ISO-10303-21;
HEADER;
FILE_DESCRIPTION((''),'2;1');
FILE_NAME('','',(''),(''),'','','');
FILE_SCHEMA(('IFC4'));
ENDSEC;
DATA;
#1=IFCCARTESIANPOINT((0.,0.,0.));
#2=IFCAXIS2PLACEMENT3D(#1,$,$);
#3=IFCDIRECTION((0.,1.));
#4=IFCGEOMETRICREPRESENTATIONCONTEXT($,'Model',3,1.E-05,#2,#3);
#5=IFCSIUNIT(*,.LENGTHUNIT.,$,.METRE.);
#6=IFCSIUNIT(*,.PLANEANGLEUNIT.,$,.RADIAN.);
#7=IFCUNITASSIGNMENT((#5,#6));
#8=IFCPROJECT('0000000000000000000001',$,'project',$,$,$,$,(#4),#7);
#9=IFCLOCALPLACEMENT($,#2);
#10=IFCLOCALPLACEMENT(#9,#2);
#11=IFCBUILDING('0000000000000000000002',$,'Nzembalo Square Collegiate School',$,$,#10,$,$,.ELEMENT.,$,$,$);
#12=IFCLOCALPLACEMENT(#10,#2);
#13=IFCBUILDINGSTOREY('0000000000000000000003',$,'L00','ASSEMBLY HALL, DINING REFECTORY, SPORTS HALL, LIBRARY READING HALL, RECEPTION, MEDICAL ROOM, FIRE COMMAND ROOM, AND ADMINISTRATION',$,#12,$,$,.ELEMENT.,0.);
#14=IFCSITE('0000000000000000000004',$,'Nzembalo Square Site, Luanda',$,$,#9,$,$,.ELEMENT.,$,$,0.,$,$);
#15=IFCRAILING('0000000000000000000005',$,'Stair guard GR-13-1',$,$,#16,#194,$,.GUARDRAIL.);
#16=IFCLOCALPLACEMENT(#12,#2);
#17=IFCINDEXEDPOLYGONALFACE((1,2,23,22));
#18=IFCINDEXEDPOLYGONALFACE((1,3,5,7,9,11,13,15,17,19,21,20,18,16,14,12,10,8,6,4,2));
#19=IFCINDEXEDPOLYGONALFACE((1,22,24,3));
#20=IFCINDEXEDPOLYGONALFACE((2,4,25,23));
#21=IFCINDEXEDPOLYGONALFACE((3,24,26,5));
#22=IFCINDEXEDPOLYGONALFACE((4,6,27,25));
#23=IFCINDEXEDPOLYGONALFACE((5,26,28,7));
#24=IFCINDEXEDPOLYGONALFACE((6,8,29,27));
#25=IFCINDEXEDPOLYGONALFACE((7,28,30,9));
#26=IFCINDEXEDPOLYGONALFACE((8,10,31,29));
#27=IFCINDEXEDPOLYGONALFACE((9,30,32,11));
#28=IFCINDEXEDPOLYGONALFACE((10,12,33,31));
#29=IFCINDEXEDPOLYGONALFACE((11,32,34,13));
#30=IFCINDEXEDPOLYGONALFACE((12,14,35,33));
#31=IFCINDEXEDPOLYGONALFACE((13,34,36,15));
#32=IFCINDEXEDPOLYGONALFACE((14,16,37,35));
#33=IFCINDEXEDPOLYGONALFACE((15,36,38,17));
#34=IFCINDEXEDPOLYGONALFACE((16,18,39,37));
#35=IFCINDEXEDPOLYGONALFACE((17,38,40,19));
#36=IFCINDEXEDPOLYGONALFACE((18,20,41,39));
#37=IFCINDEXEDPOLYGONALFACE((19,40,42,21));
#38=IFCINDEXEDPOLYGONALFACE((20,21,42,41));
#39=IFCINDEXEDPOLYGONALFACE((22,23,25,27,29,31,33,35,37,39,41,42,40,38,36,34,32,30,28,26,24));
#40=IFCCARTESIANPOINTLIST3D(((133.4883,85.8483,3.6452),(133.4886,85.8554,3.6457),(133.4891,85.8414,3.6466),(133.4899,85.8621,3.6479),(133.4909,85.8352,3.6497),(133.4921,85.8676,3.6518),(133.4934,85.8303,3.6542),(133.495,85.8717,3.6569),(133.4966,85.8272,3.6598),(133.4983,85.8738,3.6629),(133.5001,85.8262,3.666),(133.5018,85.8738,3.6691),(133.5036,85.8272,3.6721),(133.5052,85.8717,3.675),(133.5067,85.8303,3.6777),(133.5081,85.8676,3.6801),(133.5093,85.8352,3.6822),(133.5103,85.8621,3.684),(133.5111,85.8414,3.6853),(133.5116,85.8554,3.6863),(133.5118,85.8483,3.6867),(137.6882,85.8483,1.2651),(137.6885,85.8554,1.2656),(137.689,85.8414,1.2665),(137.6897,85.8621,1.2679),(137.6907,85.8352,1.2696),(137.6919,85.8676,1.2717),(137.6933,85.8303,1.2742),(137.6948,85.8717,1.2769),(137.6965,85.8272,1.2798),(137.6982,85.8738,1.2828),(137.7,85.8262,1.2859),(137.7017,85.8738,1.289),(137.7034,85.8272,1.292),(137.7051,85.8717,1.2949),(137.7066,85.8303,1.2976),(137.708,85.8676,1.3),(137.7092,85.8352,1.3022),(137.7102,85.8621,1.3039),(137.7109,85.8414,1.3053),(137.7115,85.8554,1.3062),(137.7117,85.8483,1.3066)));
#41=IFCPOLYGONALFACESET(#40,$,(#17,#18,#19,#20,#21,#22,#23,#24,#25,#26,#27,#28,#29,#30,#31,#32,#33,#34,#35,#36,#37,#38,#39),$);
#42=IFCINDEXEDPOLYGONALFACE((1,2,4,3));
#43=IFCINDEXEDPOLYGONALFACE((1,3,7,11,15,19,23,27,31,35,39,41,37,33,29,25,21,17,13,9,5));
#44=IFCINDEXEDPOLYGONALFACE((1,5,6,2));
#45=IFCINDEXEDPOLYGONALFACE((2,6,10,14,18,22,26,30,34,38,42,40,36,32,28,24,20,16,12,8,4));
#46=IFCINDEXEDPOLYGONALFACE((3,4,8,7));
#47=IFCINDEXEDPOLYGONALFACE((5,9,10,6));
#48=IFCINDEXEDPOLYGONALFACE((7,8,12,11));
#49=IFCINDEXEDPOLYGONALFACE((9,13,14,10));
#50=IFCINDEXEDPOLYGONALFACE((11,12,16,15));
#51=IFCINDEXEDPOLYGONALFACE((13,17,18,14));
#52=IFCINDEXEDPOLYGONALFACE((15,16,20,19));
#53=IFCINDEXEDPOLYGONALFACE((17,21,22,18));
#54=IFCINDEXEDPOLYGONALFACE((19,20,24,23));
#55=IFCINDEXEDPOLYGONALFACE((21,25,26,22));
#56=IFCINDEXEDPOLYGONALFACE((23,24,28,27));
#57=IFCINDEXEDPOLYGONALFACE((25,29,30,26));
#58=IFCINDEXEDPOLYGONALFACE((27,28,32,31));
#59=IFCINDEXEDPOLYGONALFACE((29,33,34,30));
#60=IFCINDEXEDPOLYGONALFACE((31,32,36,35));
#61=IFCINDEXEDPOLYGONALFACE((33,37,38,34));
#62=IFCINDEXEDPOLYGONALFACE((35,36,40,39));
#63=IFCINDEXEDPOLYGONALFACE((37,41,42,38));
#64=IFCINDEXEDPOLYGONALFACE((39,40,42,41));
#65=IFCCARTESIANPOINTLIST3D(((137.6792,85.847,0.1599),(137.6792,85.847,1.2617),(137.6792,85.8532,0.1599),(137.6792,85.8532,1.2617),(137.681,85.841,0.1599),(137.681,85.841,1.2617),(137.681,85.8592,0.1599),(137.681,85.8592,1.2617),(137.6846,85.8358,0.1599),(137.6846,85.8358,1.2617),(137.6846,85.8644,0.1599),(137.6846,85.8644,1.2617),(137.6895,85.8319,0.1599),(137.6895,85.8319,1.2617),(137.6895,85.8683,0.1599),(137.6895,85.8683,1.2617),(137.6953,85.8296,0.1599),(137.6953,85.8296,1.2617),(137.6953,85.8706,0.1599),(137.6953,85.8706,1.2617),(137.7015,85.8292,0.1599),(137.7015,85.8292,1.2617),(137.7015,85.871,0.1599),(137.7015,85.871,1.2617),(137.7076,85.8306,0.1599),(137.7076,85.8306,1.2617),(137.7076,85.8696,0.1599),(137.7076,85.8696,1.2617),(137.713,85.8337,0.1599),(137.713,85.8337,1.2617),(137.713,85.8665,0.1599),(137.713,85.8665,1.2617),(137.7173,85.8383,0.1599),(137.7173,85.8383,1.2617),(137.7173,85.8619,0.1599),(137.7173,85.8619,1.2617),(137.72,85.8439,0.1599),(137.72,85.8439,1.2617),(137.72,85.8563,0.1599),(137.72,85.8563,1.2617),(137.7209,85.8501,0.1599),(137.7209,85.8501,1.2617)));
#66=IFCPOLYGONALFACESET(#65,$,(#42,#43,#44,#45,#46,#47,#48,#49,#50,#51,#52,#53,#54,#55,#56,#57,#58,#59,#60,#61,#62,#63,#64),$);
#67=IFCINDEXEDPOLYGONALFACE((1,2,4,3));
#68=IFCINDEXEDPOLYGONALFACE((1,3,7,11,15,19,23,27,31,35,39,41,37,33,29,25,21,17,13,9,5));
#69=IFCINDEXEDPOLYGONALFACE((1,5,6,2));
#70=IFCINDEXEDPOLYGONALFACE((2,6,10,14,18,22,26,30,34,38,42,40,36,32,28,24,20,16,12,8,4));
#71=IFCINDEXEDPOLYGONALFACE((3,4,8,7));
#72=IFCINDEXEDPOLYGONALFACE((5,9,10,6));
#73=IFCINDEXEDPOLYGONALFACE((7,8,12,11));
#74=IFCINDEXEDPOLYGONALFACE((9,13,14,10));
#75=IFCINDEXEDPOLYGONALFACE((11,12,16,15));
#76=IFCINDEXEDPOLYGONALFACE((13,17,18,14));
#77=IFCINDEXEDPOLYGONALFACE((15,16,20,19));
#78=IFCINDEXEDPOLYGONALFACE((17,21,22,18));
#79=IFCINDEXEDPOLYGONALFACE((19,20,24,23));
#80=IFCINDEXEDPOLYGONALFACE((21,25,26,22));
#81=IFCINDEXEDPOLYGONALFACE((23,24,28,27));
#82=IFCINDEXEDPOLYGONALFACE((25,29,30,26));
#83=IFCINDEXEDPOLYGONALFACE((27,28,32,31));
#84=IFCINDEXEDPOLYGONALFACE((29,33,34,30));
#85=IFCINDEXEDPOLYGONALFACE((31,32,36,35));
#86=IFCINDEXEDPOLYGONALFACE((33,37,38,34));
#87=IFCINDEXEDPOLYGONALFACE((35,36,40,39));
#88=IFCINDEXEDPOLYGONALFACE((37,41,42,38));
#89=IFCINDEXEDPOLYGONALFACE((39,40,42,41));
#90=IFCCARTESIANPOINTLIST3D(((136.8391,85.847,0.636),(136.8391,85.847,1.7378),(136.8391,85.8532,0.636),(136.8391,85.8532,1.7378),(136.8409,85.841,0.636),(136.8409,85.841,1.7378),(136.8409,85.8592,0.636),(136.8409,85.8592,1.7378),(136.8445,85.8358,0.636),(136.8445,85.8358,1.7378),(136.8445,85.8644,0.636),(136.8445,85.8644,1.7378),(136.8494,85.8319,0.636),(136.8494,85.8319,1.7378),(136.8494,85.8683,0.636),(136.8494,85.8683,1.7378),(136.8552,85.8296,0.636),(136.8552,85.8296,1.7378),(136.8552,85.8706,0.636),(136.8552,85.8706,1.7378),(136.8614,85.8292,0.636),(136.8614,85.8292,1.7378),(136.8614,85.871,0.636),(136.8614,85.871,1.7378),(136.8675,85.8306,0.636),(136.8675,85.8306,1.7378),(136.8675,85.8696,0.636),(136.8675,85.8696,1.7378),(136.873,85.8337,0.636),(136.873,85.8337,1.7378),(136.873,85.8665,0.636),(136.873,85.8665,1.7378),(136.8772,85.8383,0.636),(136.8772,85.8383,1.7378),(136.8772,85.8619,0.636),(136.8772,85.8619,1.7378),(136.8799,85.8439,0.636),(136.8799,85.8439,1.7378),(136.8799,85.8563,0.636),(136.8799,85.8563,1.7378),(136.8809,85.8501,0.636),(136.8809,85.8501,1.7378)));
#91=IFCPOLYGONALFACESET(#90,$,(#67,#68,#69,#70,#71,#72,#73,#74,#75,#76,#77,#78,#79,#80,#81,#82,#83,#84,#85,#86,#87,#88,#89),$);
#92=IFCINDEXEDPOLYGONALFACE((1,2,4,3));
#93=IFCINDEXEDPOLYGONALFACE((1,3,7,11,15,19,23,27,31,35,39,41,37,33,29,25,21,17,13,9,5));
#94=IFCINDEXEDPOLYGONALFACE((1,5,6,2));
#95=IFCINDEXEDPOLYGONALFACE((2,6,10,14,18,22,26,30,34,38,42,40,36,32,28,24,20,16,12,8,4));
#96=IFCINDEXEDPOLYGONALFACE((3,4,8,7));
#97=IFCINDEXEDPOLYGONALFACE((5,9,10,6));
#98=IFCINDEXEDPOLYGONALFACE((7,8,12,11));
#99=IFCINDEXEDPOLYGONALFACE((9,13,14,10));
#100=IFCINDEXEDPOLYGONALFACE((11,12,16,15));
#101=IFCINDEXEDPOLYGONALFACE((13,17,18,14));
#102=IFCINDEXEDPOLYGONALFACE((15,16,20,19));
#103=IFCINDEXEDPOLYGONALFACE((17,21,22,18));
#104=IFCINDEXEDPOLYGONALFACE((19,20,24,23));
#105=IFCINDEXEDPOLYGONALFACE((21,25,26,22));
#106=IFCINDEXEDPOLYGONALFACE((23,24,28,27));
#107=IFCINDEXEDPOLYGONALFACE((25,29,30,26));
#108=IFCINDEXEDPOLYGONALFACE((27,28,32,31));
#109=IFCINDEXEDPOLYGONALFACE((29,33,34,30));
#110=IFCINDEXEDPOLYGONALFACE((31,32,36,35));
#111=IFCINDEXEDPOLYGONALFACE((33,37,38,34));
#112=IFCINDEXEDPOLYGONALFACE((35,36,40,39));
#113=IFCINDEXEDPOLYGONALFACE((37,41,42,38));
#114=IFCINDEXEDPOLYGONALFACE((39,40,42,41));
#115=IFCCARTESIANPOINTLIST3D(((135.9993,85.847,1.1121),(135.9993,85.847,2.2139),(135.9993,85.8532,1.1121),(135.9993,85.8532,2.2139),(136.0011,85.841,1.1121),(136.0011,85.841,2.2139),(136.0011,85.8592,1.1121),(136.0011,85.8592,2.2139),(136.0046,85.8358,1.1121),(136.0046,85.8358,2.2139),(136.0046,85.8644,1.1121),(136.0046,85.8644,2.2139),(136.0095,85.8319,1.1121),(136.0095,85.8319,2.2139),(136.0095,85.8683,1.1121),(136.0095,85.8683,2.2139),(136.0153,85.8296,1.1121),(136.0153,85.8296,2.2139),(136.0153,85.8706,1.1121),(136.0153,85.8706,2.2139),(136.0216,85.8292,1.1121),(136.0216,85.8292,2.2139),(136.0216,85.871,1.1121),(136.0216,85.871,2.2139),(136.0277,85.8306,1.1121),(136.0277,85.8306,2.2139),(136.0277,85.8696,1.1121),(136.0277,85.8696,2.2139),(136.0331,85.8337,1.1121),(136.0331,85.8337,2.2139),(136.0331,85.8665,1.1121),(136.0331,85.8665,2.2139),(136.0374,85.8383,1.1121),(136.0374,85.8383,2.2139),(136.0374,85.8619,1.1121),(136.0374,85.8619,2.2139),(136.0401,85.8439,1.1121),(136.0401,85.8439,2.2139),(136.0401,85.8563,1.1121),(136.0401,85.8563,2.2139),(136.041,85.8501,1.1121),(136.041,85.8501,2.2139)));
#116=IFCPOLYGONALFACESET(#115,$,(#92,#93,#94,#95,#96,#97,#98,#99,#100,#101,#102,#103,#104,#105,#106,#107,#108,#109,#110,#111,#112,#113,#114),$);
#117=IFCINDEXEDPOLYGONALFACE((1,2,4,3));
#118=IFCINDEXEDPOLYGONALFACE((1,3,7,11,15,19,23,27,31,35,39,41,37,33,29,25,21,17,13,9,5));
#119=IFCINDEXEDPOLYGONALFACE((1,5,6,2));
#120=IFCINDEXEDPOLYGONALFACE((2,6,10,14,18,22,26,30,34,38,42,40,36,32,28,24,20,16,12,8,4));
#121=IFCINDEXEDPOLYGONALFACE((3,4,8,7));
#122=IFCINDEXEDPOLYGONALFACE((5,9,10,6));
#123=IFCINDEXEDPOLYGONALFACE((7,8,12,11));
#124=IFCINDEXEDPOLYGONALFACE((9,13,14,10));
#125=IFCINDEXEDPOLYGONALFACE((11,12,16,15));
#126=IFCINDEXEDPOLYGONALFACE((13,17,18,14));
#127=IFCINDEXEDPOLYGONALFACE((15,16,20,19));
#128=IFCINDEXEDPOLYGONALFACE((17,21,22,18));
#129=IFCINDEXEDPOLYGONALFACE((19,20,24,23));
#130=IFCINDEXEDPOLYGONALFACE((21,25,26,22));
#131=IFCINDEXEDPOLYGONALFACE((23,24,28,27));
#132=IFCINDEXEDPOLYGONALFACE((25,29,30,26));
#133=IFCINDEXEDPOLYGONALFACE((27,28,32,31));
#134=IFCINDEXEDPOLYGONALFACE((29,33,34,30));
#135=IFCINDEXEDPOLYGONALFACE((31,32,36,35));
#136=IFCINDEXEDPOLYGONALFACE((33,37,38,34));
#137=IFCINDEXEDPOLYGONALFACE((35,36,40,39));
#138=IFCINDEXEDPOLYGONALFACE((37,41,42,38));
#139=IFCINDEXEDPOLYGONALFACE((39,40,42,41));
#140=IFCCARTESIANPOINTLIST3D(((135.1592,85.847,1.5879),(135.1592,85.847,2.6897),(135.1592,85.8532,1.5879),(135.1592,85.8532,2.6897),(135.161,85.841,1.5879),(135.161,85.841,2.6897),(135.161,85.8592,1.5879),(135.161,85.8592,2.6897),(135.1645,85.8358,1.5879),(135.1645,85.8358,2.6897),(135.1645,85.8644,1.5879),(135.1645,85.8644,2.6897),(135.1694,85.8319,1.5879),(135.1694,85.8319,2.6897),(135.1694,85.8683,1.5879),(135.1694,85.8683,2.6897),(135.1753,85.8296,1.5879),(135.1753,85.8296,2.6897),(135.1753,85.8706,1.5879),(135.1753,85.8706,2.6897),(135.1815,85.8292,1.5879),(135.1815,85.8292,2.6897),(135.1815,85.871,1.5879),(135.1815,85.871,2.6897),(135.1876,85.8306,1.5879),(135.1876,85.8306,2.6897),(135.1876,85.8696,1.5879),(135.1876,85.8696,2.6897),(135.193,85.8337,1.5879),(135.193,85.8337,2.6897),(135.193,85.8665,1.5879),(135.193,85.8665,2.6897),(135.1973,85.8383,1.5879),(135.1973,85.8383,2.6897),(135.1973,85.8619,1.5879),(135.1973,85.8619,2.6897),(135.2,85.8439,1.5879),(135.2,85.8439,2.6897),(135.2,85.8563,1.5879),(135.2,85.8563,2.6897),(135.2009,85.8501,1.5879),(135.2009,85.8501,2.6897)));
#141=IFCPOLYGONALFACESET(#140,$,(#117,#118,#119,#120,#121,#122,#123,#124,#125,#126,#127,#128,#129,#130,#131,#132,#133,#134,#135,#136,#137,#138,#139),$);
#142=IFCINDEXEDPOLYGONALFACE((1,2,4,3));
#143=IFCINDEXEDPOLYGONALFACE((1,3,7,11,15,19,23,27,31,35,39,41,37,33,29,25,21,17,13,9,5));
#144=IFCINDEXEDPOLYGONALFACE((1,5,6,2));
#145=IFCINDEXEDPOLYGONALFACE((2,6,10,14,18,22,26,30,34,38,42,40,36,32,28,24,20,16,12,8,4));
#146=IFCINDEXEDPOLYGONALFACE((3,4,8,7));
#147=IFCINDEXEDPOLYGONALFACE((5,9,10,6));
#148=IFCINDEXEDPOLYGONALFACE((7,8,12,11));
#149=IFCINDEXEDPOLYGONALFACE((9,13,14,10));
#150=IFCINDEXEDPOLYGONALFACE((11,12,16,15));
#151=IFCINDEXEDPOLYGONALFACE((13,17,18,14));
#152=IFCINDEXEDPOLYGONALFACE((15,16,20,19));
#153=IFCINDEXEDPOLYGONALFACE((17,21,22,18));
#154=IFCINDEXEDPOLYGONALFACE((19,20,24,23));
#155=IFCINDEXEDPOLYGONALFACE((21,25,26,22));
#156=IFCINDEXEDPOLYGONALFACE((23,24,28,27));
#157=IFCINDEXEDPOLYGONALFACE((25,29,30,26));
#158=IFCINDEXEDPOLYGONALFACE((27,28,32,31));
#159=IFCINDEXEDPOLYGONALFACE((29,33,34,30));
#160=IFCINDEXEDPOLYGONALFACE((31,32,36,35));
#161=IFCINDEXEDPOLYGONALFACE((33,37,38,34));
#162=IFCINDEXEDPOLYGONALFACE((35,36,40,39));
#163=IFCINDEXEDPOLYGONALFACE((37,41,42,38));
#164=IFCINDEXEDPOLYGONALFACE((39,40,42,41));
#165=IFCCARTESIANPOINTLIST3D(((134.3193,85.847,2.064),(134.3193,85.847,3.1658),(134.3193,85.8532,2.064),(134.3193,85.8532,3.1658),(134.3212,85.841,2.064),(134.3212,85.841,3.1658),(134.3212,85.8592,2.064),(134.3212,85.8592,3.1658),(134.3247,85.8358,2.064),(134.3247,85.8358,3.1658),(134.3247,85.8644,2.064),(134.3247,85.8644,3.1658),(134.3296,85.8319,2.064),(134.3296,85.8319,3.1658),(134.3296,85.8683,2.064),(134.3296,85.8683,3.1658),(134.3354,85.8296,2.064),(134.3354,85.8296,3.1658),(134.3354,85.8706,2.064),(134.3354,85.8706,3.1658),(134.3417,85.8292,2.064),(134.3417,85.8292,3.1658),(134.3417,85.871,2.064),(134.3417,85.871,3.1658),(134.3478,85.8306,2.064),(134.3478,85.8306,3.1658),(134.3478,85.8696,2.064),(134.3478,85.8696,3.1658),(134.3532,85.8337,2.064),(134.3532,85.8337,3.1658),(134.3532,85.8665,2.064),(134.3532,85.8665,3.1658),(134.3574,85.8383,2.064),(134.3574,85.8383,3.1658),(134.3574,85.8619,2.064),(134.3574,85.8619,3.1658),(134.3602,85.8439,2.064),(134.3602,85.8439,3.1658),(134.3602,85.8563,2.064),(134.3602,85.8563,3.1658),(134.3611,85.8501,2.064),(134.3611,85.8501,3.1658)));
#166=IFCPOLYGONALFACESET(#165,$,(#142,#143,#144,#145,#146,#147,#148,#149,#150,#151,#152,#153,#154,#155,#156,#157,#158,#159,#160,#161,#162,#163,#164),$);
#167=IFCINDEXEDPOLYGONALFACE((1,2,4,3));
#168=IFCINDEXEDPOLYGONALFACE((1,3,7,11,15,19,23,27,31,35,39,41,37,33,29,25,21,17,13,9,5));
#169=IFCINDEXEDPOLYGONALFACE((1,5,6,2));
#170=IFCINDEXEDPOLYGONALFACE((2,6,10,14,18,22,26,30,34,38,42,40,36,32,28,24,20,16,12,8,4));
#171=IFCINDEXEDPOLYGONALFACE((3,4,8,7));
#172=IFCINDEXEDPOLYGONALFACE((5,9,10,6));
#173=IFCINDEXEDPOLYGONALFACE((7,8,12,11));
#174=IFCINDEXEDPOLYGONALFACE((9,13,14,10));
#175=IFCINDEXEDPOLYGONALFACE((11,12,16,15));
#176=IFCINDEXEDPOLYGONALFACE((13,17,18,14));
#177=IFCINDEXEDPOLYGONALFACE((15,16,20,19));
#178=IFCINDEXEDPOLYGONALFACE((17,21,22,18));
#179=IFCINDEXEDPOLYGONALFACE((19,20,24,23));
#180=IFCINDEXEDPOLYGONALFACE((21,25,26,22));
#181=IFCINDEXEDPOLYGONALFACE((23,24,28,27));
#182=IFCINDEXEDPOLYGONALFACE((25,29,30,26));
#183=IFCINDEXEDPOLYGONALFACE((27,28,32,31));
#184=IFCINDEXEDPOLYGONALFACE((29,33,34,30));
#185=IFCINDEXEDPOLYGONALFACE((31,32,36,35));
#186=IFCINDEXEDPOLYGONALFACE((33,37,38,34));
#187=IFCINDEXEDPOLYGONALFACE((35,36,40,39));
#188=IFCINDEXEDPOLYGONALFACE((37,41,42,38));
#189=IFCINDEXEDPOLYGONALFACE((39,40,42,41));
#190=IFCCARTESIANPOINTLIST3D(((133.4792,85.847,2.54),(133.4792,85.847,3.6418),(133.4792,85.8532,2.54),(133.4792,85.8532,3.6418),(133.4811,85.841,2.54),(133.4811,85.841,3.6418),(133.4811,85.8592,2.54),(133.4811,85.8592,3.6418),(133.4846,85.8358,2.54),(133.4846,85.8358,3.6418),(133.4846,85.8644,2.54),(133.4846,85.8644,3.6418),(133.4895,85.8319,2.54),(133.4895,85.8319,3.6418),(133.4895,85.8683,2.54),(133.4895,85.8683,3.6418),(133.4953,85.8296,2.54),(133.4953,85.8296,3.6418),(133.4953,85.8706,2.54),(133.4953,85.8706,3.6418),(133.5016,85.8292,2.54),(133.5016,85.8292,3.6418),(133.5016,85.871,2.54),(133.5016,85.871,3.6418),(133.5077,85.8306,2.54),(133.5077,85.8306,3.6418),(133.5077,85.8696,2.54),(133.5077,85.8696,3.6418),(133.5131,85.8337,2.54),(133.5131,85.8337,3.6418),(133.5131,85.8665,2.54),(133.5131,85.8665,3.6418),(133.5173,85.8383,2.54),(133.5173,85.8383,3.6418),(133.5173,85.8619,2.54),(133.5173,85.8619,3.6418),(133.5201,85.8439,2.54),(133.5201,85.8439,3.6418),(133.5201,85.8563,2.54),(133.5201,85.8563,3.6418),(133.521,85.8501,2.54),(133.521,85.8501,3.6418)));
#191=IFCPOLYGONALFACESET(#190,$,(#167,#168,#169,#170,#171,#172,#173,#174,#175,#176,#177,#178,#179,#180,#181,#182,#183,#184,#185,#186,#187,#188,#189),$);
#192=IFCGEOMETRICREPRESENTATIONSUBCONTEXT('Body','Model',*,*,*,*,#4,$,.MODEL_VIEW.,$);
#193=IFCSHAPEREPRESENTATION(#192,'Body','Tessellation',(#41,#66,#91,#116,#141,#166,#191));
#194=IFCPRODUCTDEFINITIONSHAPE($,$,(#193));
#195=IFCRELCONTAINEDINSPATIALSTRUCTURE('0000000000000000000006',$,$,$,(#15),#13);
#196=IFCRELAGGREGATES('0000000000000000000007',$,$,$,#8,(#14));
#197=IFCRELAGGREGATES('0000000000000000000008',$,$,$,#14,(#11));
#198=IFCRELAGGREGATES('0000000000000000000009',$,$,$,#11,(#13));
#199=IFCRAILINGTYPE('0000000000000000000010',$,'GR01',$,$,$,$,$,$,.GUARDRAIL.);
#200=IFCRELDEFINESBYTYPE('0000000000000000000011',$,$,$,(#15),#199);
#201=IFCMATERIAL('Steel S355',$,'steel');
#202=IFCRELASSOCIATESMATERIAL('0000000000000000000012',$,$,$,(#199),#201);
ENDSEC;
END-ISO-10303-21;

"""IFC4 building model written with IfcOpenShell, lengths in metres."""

from ifc_helpers import new_model, si_unit, direction, frame, origin, origin_2d, place, context, subcontext, project, spatial, circle, extrude, material, type_object, element, save


model = new_model("IFC4")

# Units and contexts
model_context = context("Model", 3, precision=1e-05, world=origin(), true_north=direction((0.0, 1.0)))
body_context = subcontext(model_context, "Body", "Model", "MODEL_VIEW")
ifc_project = project(units=[si_unit("LENGTHUNIT", "METRE"), si_unit("PLANEANGLEUNIT", "RADIAN")], contexts=[model_context])

# Site, building, storey
site_placement = place(None, origin())
site = spatial("IfcSite", under=ifc_project, at=site_placement, Name="Nzembalo Square Site, Luanda", CompositionType="ELEMENT", RefElevation=0.0)
building_placement = place(site_placement, origin())
building = spatial("IfcBuilding", under=site, at=building_placement, Name="Nzembalo Square Collegiate School", CompositionType="ELEMENT")
storey_placement = place(building_placement, origin())
storey = spatial("IfcBuildingStorey", under=building, at=storey_placement, Name="L00", Description="ASSEMBLY HALL, DINING REFECTORY, SPORTS HALL, LIBRARY READING HALL, RECEPTION, MEDICAL ROOM, FIRE COMMAND ROOM, AND ADMINISTRATION", CompositionType="ELEMENT", Elevation=0.0)

# Railing
ifc_material_1 = material(Name="Steel S355", Category="steel")
railing_type_1 = type_object("IfcRailingType", Name="GR01", PredefinedType="GUARDRAIL", material=ifc_material_1)
railing_1_placement = place(storey_placement, frame((137.7, 85.8501, 0.1599)))
element("IfcRailing", 1, at=railing_1_placement, inside=storey, type_object=railing_type_1, Name="Stair guard GR-13-1", PredefinedType="GUARDRAIL", context=body_context, shape_type="SweptSolid", body=[
    extrude(circle(Radius=0.0239, at=origin_2d()), frame((0.0, 0.0, 1.126), z_axis=(-0.870008, 0.0, 0.493037), x_axis=(0.0, -1.0, 0.0)), (0.0, 0.0, 1.0), 4.8274),
    extrude(circle(Radius=0.021, at=origin_2d()), origin(), (0.0, 0.0, 1.0), 1.1018),
    extrude(circle(Radius=0.021, at=origin_2d()), frame((-0.8401, 0.0, 0.4761)), (0.0, 0.0, 1.0), 1.1018),
    extrude(circle(Radius=0.021, at=origin_2d()), frame((-1.6799, 0.0, 0.9521)), (0.0, 0.0, 1.0), 1.1018),
    extrude(circle(Radius=0.021, at=origin_2d()), frame((-2.52, 0.0, 1.428)), (0.0, 0.0, 1.0), 1.1018),
    extrude(circle(Radius=0.021, at=origin_2d()), frame((-3.3599, 0.0, 1.9041)), (0.0, 0.0, 1.0), 1.1018),
    extrude(circle(Radius=0.021, at=origin_2d()), frame((-4.2, 0.0, 2.3801)), (0.0, 0.0, 1.0), 1.1018),
])

save(model, "model.ifc")
